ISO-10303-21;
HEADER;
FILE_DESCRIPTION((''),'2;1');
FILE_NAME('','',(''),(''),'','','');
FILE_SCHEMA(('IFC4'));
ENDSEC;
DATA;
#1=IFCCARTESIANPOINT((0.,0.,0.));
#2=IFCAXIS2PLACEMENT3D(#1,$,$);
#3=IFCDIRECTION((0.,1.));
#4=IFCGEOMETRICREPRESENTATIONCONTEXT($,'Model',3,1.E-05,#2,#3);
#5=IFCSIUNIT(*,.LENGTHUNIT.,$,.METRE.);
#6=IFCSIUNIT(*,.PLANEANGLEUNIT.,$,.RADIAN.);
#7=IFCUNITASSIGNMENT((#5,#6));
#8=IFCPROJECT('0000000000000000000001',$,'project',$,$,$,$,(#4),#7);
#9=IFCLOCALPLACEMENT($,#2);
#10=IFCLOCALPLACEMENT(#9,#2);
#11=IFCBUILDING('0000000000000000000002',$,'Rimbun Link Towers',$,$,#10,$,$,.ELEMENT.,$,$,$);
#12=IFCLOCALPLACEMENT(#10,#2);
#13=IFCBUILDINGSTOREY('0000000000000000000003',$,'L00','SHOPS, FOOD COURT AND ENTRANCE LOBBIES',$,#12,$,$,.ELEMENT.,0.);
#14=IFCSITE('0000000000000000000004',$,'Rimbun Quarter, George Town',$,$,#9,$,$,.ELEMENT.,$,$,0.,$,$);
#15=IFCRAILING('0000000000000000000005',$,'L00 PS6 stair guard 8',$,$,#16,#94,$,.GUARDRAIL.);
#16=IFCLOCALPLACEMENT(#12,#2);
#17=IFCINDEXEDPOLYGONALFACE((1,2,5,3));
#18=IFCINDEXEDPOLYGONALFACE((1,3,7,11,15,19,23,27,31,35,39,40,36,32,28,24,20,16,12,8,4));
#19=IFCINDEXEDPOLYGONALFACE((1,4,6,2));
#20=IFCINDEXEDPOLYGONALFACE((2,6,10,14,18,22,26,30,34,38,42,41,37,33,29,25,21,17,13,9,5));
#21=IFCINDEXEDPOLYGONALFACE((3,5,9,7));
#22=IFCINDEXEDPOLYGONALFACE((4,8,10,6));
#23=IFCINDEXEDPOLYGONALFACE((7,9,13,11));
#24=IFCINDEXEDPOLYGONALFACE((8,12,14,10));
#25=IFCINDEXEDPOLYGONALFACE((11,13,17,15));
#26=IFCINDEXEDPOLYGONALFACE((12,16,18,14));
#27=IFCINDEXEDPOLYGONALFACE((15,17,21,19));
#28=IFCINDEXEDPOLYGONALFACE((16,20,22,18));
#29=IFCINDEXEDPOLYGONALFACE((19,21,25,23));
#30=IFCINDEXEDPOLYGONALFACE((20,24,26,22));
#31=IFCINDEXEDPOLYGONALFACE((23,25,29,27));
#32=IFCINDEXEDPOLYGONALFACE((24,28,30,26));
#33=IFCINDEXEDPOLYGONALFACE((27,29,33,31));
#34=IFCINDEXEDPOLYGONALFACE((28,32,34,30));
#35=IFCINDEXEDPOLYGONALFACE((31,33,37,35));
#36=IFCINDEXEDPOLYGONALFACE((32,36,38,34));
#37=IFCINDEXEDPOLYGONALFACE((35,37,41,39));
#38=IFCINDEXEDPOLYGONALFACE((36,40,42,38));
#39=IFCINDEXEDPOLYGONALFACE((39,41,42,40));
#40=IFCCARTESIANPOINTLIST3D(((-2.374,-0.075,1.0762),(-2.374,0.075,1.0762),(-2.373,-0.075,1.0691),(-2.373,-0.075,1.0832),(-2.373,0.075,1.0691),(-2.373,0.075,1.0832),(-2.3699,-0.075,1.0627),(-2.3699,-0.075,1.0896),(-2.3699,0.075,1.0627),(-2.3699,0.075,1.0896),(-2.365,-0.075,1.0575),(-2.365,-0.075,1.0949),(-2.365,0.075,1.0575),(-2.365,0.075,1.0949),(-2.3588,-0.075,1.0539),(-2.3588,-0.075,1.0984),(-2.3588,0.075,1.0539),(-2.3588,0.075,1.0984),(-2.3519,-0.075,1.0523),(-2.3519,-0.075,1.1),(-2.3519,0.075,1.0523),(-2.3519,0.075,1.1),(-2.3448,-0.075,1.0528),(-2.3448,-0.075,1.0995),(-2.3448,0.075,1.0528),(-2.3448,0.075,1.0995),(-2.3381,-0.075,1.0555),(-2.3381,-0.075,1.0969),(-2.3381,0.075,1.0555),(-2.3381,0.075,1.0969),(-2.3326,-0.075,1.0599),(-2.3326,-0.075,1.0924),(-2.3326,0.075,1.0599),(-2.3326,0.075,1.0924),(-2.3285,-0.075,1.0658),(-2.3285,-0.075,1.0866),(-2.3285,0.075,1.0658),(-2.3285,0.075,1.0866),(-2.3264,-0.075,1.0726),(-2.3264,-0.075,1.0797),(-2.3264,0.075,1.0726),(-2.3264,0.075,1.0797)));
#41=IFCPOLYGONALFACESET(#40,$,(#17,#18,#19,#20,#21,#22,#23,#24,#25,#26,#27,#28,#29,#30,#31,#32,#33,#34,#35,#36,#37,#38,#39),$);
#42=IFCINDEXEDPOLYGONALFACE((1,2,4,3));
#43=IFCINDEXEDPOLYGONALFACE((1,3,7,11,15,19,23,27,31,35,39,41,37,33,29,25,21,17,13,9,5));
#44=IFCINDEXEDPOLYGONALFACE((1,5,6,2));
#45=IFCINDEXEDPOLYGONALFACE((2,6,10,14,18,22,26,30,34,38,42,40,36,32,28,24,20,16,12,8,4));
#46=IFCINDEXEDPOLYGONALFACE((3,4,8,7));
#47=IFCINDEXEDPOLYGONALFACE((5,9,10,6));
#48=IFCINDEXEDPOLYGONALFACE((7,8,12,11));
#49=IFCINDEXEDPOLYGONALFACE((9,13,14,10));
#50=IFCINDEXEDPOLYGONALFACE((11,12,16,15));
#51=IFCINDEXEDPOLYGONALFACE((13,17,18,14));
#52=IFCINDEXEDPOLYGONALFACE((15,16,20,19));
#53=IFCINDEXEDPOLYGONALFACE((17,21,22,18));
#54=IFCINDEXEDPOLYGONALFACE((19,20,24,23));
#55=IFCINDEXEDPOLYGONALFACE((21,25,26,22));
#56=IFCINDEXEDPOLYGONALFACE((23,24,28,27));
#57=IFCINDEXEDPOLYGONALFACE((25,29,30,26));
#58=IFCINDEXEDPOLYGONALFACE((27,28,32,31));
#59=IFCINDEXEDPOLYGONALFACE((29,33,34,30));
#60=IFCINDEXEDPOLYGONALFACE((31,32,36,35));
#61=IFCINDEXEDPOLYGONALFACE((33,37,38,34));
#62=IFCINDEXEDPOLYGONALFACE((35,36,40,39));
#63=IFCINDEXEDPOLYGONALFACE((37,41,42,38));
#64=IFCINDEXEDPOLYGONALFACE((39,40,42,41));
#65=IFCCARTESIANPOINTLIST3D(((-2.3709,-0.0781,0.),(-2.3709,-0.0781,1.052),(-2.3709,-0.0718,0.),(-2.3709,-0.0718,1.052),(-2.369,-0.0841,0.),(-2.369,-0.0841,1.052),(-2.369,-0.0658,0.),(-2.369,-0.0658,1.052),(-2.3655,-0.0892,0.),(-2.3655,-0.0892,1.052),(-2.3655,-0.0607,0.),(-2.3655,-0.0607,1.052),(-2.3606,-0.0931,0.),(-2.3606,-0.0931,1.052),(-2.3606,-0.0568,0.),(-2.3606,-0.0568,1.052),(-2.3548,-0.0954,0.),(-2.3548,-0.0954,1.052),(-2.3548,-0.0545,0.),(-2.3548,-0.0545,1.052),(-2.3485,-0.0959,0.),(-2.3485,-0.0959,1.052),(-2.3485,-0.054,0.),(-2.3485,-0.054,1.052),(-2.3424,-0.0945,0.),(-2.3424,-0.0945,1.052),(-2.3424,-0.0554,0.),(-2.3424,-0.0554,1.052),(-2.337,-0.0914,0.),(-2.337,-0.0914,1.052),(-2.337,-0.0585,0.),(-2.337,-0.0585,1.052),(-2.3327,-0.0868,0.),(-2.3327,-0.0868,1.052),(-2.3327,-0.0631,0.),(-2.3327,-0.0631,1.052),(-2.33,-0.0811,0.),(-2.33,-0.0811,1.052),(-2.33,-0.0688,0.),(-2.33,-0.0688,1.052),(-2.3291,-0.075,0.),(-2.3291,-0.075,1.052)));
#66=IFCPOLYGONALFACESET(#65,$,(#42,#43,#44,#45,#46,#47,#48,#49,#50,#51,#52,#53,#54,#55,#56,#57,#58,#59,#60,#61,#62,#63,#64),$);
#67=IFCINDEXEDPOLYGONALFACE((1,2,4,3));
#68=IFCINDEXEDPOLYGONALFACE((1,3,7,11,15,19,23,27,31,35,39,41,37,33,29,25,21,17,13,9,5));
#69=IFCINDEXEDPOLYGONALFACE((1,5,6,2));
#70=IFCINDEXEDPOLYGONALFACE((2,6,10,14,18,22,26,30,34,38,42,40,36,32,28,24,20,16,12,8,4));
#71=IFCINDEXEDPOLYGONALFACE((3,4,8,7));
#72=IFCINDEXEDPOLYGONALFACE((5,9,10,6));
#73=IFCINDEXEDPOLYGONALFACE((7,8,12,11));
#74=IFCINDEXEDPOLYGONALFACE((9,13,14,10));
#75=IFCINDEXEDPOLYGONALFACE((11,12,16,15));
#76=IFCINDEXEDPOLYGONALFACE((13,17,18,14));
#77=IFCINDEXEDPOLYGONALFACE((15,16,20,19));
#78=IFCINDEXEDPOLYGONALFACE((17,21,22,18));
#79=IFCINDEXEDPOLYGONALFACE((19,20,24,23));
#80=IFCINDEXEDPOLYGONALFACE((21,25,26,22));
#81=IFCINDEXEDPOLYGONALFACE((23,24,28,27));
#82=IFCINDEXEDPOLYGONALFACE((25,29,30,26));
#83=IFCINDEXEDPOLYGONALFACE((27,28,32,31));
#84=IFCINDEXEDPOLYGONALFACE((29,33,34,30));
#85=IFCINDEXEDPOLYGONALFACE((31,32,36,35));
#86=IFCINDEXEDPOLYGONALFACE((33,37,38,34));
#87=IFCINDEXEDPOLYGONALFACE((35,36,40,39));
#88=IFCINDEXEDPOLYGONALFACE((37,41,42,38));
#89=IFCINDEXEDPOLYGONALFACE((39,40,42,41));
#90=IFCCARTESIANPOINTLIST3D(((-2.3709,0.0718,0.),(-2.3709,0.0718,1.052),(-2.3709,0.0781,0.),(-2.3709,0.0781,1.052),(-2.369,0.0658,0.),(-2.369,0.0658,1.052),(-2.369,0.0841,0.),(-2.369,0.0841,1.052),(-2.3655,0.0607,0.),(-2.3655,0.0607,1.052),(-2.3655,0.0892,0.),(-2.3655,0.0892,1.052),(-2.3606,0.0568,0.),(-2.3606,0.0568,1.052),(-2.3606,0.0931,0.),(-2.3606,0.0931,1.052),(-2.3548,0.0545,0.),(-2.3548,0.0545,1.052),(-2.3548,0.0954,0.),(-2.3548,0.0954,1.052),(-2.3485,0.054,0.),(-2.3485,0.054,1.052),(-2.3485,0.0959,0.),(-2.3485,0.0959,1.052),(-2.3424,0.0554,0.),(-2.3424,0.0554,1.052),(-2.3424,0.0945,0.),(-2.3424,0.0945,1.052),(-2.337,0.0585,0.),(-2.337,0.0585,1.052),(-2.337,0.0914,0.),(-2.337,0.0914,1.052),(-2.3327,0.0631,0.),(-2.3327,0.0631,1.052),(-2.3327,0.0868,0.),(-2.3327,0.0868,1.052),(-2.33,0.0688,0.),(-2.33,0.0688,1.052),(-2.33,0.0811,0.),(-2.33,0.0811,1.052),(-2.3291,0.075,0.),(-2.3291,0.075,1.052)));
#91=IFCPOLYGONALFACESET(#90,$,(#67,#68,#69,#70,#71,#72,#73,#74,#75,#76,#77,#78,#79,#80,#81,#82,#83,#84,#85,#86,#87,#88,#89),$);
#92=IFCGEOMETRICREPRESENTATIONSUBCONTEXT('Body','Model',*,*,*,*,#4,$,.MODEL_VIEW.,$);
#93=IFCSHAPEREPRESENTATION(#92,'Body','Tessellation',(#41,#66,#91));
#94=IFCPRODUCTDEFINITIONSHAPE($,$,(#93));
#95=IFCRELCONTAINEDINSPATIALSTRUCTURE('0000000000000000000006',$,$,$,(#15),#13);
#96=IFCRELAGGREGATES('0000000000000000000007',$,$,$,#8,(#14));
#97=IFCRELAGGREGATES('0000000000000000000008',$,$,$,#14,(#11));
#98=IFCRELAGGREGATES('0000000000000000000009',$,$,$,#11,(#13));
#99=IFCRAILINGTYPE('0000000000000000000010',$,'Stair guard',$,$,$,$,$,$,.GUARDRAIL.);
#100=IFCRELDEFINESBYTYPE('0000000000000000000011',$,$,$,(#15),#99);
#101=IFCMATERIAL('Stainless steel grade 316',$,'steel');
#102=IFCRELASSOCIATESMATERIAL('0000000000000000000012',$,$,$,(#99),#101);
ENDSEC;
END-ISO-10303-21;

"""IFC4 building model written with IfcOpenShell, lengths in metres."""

from ifc_helpers import new_model, si_unit, direction, frame, origin, origin_2d, place, context, subcontext, project, spatial, circle, extrude, material, type_object, element, save


model = new_model("IFC4")

# Units and contexts
model_context = context("Model", 3, precision=1e-05, world=origin(), true_north=direction((0.0, 1.0)))
body_context = subcontext(model_context, "Body", "Model", "MODEL_VIEW")
ifc_project = project(units=[si_unit("LENGTHUNIT", "METRE"), si_unit("PLANEANGLEUNIT", "RADIAN")], contexts=[model_context])

# Site, building, storey
site_placement = place(None, origin())
site = spatial("IfcSite", under=ifc_project, at=site_placement, Name="Rimbun Quarter, George Town", CompositionType="ELEMENT", RefElevation=0.0)
building_placement = place(site_placement, origin())
building = spatial("IfcBuilding", under=site, at=building_placement, Name="Rimbun Link Towers", CompositionType="ELEMENT")
storey_placement = place(building_placement, origin())
storey = spatial("IfcBuildingStorey", under=building, at=storey_placement, Name="L00", Description="SHOPS, FOOD COURT AND ENTRANCE LOBBIES", CompositionType="ELEMENT", Elevation=0.0)

# Railing
ifc_material_1 = material(Name="Stainless steel grade 316", Category="steel")
railing_type_1 = type_object("IfcRailingType", Name="Stair guard", PredefinedType="GUARDRAIL", material=ifc_material_1)
railing_1_placement = place(storey_placement, frame((-2.3501, -0.075, 0.0)))
element("IfcRailing", 1, at=railing_1_placement, inside=storey, type_object=railing_type_1, Name="L00 PS6 stair guard 8", PredefinedType="GUARDRAIL", context=body_context, shape_type="SweptSolid", body=[
    extrude(circle(Radius=0.0239, at=origin_2d()), frame((0.0, 0.0, 1.0762), z_axis=(0.0, 1.0, 0.0), x_axis=(-1.0, 0.0, 0.0)), (0.0, 0.0, 1.0), 0.1499),
    extrude(circle(Radius=0.021, at=origin_2d()), origin(), (0.0, 0.0, 1.0), 1.052),
    extrude(circle(Radius=0.021, at=origin_2d()), frame((0.0, 0.1499, 0.0)), (0.0, 0.0, 1.0), 1.052),
])

save(model, "model.ifc")
